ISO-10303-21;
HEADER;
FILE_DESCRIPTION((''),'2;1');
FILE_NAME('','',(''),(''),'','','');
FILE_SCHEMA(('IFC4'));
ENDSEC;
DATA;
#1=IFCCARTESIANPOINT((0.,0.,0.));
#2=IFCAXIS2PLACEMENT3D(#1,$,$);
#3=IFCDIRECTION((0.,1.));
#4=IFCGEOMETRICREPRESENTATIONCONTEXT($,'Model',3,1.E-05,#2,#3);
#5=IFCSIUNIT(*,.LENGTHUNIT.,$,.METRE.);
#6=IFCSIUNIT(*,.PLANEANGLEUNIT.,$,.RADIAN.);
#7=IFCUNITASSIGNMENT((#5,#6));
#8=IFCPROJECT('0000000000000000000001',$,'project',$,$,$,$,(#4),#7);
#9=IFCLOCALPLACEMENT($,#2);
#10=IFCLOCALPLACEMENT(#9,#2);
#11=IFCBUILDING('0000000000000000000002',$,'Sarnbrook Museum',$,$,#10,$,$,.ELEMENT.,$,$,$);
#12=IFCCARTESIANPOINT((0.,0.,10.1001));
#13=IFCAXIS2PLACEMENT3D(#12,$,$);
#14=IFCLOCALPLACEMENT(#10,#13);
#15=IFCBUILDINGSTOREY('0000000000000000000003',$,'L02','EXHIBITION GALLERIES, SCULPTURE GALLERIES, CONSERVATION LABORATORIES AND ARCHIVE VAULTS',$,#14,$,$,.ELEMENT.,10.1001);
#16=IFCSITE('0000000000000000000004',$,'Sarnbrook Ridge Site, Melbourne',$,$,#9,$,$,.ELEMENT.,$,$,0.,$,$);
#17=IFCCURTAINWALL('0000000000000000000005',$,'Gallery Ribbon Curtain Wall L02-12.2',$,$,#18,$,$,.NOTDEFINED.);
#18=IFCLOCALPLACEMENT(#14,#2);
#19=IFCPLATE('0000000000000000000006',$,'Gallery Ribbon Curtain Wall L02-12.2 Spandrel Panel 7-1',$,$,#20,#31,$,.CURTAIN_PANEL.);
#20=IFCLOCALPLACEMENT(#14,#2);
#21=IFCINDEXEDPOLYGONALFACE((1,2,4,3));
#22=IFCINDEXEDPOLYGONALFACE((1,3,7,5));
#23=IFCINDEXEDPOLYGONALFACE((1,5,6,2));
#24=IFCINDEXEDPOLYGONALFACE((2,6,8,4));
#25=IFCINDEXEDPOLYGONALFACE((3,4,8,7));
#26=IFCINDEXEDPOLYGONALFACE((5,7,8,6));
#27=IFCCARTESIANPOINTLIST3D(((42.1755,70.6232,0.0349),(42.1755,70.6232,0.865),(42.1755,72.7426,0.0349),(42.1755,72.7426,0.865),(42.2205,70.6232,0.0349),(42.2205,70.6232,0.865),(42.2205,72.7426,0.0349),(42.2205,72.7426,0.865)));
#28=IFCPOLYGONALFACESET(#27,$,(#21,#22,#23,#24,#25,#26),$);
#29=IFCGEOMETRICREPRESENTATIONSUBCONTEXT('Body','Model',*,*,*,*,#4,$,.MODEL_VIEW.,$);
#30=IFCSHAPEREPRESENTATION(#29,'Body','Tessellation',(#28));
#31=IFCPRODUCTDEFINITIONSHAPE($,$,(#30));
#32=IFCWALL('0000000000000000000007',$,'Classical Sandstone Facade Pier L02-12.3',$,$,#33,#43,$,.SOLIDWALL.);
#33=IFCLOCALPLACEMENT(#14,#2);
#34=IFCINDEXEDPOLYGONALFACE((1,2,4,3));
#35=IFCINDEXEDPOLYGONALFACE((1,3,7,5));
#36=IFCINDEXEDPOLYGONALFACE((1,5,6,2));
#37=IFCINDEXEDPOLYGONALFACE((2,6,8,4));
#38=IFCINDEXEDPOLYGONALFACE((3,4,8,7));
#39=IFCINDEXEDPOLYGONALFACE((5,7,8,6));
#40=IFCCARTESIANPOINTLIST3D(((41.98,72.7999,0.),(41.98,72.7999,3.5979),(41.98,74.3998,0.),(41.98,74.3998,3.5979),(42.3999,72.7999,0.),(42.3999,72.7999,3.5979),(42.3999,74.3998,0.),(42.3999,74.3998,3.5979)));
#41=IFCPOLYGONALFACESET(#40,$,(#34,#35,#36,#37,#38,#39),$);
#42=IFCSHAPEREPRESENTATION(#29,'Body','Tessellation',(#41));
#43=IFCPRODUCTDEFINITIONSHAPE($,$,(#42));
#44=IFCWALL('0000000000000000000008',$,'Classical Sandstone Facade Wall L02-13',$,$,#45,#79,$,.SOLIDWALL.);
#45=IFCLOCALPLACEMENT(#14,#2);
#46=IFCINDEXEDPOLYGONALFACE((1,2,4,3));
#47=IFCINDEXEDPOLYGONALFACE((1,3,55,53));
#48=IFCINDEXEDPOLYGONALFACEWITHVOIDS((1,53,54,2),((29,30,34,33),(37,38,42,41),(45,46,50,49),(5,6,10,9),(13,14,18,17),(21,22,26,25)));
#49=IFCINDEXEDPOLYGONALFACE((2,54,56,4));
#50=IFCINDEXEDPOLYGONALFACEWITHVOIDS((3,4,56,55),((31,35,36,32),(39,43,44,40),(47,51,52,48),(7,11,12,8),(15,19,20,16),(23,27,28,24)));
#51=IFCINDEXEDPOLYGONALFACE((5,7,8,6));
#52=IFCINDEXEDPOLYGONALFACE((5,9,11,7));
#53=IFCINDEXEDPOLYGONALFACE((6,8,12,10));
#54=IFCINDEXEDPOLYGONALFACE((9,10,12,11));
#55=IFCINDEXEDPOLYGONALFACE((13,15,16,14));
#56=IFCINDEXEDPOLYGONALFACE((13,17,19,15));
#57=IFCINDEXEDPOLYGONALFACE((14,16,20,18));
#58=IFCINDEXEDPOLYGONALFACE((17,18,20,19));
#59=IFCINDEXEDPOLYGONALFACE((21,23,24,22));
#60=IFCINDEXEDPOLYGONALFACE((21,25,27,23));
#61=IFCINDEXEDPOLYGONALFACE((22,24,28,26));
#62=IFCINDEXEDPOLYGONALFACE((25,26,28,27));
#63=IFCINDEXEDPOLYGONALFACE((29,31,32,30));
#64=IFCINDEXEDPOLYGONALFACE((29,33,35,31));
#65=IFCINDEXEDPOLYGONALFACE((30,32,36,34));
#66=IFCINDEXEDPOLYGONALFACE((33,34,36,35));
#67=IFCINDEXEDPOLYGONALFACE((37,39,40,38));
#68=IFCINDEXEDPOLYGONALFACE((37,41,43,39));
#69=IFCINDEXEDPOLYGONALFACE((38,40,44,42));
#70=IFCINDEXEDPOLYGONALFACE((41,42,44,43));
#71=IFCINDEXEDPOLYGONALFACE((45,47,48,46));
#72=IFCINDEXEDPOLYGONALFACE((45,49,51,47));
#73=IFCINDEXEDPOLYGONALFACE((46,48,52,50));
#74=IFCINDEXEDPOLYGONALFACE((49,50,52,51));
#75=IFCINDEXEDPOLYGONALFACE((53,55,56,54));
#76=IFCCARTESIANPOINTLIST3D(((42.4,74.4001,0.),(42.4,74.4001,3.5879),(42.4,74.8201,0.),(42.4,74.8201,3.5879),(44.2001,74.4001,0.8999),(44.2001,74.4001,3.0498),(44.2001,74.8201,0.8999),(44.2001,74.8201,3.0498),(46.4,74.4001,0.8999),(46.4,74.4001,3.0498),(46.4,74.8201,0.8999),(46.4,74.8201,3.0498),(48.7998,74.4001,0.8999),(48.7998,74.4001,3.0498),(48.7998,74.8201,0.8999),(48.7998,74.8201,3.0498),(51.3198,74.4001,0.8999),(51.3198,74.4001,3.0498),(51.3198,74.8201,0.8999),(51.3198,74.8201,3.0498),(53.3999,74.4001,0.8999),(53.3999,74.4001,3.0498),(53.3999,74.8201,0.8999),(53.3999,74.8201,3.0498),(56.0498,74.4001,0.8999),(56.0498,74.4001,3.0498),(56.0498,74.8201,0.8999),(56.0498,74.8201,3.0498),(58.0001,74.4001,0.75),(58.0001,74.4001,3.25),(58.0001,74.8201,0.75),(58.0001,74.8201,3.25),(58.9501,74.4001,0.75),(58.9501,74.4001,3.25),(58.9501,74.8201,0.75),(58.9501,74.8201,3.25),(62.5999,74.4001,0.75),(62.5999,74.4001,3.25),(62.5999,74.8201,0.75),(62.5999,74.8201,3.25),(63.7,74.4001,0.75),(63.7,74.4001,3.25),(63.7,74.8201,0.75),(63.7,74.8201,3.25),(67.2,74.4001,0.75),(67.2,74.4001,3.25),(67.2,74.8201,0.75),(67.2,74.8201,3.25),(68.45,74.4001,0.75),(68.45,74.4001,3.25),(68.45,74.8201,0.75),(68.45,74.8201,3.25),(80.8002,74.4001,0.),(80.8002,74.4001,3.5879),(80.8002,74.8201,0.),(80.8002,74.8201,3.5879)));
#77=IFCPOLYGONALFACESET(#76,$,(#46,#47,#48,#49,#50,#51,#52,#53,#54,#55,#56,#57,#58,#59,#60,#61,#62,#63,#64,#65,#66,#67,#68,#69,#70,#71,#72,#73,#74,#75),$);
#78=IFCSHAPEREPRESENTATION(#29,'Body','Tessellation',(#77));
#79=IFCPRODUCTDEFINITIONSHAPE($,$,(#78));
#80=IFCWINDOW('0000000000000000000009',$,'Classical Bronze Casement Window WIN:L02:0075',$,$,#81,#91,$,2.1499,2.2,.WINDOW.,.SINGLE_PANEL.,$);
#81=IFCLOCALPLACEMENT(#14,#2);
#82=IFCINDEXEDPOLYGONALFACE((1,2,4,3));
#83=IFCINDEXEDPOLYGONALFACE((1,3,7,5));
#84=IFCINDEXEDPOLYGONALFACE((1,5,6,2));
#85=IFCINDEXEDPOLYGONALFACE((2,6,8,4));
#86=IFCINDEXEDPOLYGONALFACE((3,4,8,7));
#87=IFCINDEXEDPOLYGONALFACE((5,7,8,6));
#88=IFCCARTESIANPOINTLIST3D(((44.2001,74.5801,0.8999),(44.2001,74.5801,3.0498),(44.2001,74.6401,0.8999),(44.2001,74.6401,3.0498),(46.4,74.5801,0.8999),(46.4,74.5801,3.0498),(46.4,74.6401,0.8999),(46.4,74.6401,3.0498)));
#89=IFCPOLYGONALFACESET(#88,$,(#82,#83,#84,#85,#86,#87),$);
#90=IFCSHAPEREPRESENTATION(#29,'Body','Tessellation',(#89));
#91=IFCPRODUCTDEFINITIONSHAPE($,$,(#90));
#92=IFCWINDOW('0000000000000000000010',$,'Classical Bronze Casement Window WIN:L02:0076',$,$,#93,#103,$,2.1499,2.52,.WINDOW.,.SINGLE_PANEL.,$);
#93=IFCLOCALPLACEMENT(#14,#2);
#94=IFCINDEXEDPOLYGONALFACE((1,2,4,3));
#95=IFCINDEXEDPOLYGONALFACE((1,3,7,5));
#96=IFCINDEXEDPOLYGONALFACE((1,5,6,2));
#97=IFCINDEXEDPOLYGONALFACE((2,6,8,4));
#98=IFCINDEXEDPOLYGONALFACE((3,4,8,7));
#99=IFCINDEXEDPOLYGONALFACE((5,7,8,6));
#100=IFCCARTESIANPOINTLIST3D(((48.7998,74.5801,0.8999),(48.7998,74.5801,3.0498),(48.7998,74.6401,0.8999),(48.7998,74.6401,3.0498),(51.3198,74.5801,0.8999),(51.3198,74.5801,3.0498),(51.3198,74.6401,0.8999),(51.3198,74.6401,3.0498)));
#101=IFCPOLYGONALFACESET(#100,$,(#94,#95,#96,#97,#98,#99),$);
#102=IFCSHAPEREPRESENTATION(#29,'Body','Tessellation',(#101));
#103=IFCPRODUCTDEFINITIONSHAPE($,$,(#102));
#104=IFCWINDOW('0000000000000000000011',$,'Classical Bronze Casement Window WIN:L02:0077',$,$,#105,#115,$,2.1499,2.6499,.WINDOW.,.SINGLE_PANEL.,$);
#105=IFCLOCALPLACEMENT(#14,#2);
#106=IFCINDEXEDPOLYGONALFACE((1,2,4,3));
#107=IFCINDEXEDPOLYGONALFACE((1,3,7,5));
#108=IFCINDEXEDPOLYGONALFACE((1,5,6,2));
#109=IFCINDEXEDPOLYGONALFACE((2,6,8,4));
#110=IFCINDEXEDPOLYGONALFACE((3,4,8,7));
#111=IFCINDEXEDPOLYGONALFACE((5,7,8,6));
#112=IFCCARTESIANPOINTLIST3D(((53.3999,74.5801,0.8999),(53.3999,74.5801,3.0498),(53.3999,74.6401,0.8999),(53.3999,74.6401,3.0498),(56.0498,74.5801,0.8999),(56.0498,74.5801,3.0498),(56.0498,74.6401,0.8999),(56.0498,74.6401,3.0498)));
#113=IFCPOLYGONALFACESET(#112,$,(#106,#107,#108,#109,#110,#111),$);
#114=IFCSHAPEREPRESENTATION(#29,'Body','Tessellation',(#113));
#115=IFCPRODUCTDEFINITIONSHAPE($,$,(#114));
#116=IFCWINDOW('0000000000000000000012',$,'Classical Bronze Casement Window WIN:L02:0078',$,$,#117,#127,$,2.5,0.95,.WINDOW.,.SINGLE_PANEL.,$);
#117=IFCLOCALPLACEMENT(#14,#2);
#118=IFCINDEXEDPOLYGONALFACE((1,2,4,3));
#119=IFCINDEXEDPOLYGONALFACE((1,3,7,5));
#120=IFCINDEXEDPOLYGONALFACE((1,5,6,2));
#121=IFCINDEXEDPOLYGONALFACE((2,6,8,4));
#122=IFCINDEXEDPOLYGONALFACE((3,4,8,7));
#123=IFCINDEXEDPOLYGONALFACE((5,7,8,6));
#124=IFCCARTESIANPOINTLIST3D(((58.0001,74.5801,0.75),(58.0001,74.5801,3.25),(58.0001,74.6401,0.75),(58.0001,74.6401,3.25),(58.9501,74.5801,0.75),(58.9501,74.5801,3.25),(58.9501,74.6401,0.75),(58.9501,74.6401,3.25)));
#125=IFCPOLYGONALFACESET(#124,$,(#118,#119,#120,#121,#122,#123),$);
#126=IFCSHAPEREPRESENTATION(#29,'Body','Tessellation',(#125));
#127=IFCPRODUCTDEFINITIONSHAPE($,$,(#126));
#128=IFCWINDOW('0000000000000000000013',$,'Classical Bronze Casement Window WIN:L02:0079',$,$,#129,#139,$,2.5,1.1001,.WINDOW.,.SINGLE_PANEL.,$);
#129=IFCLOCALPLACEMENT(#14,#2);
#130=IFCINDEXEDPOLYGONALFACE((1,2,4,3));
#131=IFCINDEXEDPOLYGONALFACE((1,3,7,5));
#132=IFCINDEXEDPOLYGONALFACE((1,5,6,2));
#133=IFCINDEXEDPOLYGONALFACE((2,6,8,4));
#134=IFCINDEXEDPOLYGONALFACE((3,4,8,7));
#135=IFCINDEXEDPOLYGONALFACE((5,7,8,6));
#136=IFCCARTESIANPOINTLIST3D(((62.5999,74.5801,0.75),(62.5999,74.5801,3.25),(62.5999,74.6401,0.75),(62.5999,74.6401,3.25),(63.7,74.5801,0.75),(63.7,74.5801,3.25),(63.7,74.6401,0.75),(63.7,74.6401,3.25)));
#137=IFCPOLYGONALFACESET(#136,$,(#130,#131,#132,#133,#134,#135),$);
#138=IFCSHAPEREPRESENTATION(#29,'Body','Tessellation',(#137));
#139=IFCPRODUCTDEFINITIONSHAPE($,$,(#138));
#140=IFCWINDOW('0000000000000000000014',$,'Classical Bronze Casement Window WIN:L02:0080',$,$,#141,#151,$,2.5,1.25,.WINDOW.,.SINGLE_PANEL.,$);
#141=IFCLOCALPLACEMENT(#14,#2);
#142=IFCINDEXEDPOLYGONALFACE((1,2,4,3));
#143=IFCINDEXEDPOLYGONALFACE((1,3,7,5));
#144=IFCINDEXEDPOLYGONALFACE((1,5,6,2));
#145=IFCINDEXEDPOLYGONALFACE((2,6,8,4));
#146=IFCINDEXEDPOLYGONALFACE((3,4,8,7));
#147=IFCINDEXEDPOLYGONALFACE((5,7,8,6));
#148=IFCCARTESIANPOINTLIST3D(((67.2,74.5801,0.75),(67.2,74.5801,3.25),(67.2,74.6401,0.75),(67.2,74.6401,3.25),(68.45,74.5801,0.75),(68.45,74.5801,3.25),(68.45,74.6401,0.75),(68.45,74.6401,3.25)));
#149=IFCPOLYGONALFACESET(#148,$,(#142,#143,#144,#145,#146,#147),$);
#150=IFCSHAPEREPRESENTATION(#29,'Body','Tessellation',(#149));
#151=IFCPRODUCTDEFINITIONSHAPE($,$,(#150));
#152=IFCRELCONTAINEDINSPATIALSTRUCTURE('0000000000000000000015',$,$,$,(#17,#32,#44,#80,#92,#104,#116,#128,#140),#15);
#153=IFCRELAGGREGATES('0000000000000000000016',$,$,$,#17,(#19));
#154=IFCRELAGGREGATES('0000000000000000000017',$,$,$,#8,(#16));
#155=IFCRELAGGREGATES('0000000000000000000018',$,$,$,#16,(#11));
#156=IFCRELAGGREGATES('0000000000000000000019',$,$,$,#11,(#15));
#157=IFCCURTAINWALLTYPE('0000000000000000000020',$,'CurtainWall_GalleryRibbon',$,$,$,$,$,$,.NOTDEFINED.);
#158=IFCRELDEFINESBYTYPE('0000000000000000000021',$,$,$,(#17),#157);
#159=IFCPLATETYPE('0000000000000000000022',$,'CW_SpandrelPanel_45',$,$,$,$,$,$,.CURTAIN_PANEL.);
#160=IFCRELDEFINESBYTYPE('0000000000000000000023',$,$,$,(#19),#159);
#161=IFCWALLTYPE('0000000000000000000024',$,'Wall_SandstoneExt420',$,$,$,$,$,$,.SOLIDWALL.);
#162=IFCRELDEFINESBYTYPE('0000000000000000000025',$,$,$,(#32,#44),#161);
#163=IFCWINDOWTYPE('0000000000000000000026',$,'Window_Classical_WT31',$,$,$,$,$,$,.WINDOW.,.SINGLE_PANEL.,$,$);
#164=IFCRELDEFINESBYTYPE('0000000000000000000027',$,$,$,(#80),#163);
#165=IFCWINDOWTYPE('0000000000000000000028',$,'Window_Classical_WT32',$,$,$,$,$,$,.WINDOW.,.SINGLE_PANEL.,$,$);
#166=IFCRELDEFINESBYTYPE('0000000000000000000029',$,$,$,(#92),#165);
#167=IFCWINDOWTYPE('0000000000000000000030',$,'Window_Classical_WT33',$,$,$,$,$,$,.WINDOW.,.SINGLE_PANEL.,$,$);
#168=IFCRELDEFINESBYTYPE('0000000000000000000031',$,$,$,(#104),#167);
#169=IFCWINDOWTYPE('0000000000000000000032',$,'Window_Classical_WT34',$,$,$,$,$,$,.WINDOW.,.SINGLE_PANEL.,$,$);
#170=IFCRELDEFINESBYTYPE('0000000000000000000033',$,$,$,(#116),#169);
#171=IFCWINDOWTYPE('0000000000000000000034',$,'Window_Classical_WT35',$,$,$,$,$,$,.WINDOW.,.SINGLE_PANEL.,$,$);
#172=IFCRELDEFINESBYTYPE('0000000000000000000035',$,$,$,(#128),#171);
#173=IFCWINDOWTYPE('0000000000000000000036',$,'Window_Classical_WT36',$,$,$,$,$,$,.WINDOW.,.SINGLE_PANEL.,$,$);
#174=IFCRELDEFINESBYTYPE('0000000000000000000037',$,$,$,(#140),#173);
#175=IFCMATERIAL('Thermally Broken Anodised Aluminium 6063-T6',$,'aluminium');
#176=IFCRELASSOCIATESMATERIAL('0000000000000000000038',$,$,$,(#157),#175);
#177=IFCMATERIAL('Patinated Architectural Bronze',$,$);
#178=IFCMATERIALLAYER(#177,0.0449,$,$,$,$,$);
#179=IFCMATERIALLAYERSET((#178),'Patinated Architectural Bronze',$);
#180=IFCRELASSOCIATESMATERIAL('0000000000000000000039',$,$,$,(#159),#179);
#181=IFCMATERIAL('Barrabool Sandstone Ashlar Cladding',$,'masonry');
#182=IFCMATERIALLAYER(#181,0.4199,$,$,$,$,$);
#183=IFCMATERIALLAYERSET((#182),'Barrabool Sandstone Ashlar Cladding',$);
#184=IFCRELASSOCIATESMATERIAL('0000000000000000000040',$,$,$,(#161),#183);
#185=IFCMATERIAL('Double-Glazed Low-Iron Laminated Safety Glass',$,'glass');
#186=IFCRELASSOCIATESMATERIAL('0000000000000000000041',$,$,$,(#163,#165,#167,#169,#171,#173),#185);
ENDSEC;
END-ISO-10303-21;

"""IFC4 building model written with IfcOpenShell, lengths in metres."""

from ifc_helpers import new_model, si_unit, direction, frame, frame_2d, origin, origin_2d, place, context, subcontext, project, spatial, rectangle, extrude, material, layer, layer_set, type_object, element, fill, aggregate, save


model = new_model("IFC4")

# Units and contexts
model_context = context("Model", 3, precision=1e-05, world=origin(), true_north=direction((0.0, 1.0)))
body_context = subcontext(model_context, "Body", "Model", "MODEL_VIEW")
ifc_project = project(units=[si_unit("LENGTHUNIT", "METRE"), si_unit("PLANEANGLEUNIT", "RADIAN")], contexts=[model_context])

# Site, building, storey
site_placement = place(None, origin())
site = spatial("IfcSite", under=ifc_project, at=site_placement, Name="Sarnbrook Ridge Site, Melbourne", CompositionType="ELEMENT", RefElevation=0.0)
building_placement = place(site_placement, origin())
building = spatial("IfcBuilding", under=site, at=building_placement, Name="Sarnbrook Museum", CompositionType="ELEMENT")
storey_placement = place(building_placement, frame((0.0, 0.0, 10.1001)))
storey = spatial("IfcBuildingStorey", under=building, at=storey_placement, Name="L02", Description="EXHIBITION GALLERIES, SCULPTURE GALLERIES, CONSERVATION LABORATORIES AND ARCHIVE VAULTS", CompositionType="ELEMENT", Elevation=10.1001)

# Curtain wall, plate
ifc_material_1 = material(Name="Thermally Broken Anodised Aluminium 6063-T6", Category="aluminium")
curtain_wall_type = type_object("IfcCurtainWallType", Name="CurtainWall_GalleryRibbon", PredefinedType="NOTDEFINED", material=ifc_material_1)
curtain_wall_placement = place(storey_placement, origin())
curtain_wall = element("IfcCurtainWall", 1, at=curtain_wall_placement, inside=storey, type_object=curtain_wall_type, Name="Gallery Ribbon Curtain Wall L02-12.2", PredefinedType="NOTDEFINED")
ifc_material_2 = material(Name="Double-Glazed Low-Iron Laminated Safety Glass", Category="glass")
ifc_material_3 = material(Name="Patinated Architectural Bronze")
ifc_layer_1 = layer(ifc_material_3, 0.0449)
ifc_layer_set_1 = layer_set([ifc_layer_1], Name="Patinated Architectural Bronze")
plate_type_1 = type_object("IfcPlateType", Name="CW_SpandrelPanel_45", PredefinedType="CURTAIN_PANEL", material=ifc_layer_set_1)
plate_1_placement = place(storey_placement, frame((42.1755, 71.6829, 0.45), z_axis=(1.0, 0.0, 0.0), x_axis=(0.0, 1.0, 0.0)))
plate_1 = element("IfcPlate", 2, at=plate_1_placement, type_object=plate_type_1, Name="Gallery Ribbon Curtain Wall L02-12.2 Spandrel Panel 7-1", PredefinedType="CURTAIN_PANEL", context=body_context, shape_type="SweptSolid", body=[
    extrude(rectangle(XDim=2.1194, YDim=0.8301, at=origin_2d()), origin(), (0.0, 0.0, 1.0), 0.0449),
])
aggregate(curtain_wall, [plate_1])

# Wall
ifc_material_4 = material(Name="Barrabool Sandstone Ashlar Cladding", Category="masonry")
ifc_layer_2 = layer(ifc_material_4, 0.4199)
ifc_layer_set_2 = layer_set([ifc_layer_2], Name="Barrabool Sandstone Ashlar Cladding")
wall_type = type_object("IfcWallType", Name="Wall_SandstoneExt420", PredefinedType="SOLIDWALL", material=ifc_layer_set_2)
wall_1_placement = place(storey_placement, frame((42.1899, 72.8, 0.0), z_axis=(0.0, 0.0, 1.0), x_axis=(0.0, 1.0, 0.0)))
element("IfcWall", 3, at=wall_1_placement, inside=storey, type_object=wall_type, Name="Classical Sandstone Facade Pier L02-12.3", PredefinedType="SOLIDWALL", context=body_context, shape_type="SweptSolid", body=[
    extrude(rectangle(XDim=1.5999, YDim=0.4199, at=frame_2d((0.7998, 0.0))), origin(), (0.0, 0.0, 1.0), 3.5979),
])

# Wall, openings, windows
wall_2_placement = place(storey_placement, frame((42.3999, 74.6101, 0.0), z_axis=(0.0, 0.0, 1.0), x_axis=(1.0, 0.0, 0.0)))
wall_2 = element("IfcWall", 4, at=wall_2_placement, inside=storey, type_object=wall_type, Name="Classical Sandstone Facade Wall L02-13", PredefinedType="SOLIDWALL", context=body_context, shape_type="SweptSolid", body=[
    extrude(rectangle(XDim=38.4001, YDim=0.4199, at=frame_2d((19.2002, 0.0))), origin(), (0.0, 0.0, 1.0), 3.5879),
])
opening_1_placement = place(wall_2_placement, frame((1.8, 0.0, 0.8999)))
opening_1 = element("IfcOpeningElement", 5, at=opening_1_placement, cuts=wall_2, PredefinedType="OPENING", context=body_context, shape_type="SweptSolid", body=[
    extrude(rectangle(XDim=2.2, YDim=2.1499, at=frame_2d((1.1001, 1.075))), frame((0.0, 0.22, 0.0), z_axis=(0.0, -1.0, 0.0), x_axis=(1.0, 0.0, 0.0)), (0.0, 0.0, 1.0), 0.4399),
])
opening_2_placement = place(wall_2_placement, frame((6.3999, 0.0, 0.8999)))
opening_2 = element("IfcOpeningElement", 6, at=opening_2_placement, cuts=wall_2, PredefinedType="OPENING", context=body_context, shape_type="SweptSolid", body=[
    extrude(rectangle(XDim=2.52, YDim=2.1499, at=frame_2d((1.26, 1.075))), frame((0.0, 0.22, 0.0), z_axis=(0.0, -1.0, 0.0), x_axis=(1.0, 0.0, 0.0)), (0.0, 0.0, 1.0), 0.4399),
])
opening_3_placement = place(wall_2_placement, frame((11.0, 0.0, 0.8999)))
opening_3 = element("IfcOpeningElement", 7, at=opening_3_placement, cuts=wall_2, PredefinedType="OPENING", context=body_context, shape_type="SweptSolid", body=[
    extrude(rectangle(XDim=2.6499, YDim=2.1499, at=frame_2d((1.325, 1.075))), frame((0.0, 0.22, 0.0), z_axis=(0.0, -1.0, 0.0), x_axis=(1.0, 0.0, 0.0)), (0.0, 0.0, 1.0), 0.4399),
])
opening_4_placement = place(wall_2_placement, frame((15.6001, 0.0, 0.75)))
opening_4 = element("IfcOpeningElement", 8, at=opening_4_placement, cuts=wall_2, PredefinedType="OPENING", context=body_context, shape_type="SweptSolid", body=[
    extrude(rectangle(XDim=0.95, YDim=2.5, at=frame_2d((0.4751, 1.25))), frame((0.0, 0.22, 0.0), z_axis=(0.0, -1.0, 0.0), x_axis=(1.0, 0.0, 0.0)), (0.0, 0.0, 1.0), 0.4399),
])
opening_5_placement = place(wall_2_placement, frame((20.2, 0.0, 0.75)))
opening_5 = element("IfcOpeningElement", 9, at=opening_5_placement, cuts=wall_2, PredefinedType="OPENING", context=body_context, shape_type="SweptSolid", body=[
    extrude(rectangle(XDim=1.1001, YDim=2.5, at=frame_2d((0.55, 1.25))), frame((0.0, 0.22, 0.0), z_axis=(0.0, -1.0, 0.0), x_axis=(1.0, 0.0, 0.0)), (0.0, 0.0, 1.0), 0.4399),
])
opening_6_placement = place(wall_2_placement, frame((24.8, 0.0, 0.75)))
opening_6 = element("IfcOpeningElement", 10, at=opening_6_placement, cuts=wall_2, PredefinedType="OPENING", context=body_context, shape_type="SweptSolid", body=[
    extrude(rectangle(XDim=1.25, YDim=2.5, at=frame_2d((0.625, 1.25))), frame((0.0, 0.22, 0.0), z_axis=(0.0, -1.0, 0.0), x_axis=(1.0, 0.0, 0.0)), (0.0, 0.0, 1.0), 0.4399),
])
window_type_1 = type_object("IfcWindowType", Name="Window_Classical_WT31", PartitioningType="SINGLE_PANEL", PredefinedType="WINDOW", material=ifc_material_2)
window_1_placement = place(opening_1_placement, origin())
window_1 = element("IfcWindow", 11, at=window_1_placement, inside=storey, type_object=window_type_1, Name="Classical Bronze Casement Window WIN:L02:0075", OverallHeight=2.1499, OverallWidth=2.2, PartitioningType="SINGLE_PANEL", PredefinedType="WINDOW", context=body_context, shape_type="SweptSolid", body=[
    extrude(rectangle(XDim=2.2, YDim=2.1499, at=frame_2d((1.1001, 1.075))), frame((0.0, 0.03, 0.0), z_axis=(0.0, -1.0, 0.0), x_axis=(1.0, 0.0, 0.0)), (0.0, 0.0, 1.0), 0.0601),
])
fill(opening_1, window_1)
window_type_2 = type_object("IfcWindowType", Name="Window_Classical_WT32", PartitioningType="SINGLE_PANEL", PredefinedType="WINDOW", material=ifc_material_2)
window_2_placement = place(opening_2_placement, origin())
window_2 = element("IfcWindow", 12, at=window_2_placement, inside=storey, type_object=window_type_2, Name="Classical Bronze Casement Window WIN:L02:0076", OverallHeight=2.1499, OverallWidth=2.52, PartitioningType="SINGLE_PANEL", PredefinedType="WINDOW", context=body_context, shape_type="SweptSolid", body=[
    extrude(rectangle(XDim=2.52, YDim=2.1499, at=frame_2d((1.26, 1.075))), frame((0.0, 0.03, 0.0), z_axis=(0.0, -1.0, 0.0), x_axis=(1.0, 0.0, 0.0)), (0.0, 0.0, 1.0), 0.0601),
])
fill(opening_2, window_2)
window_type_3 = type_object("IfcWindowType", Name="Window_Classical_WT33", PartitioningType="SINGLE_PANEL", PredefinedType="WINDOW", material=ifc_material_2)
window_3_placement = place(opening_3_placement, origin())
window_3 = element("IfcWindow", 13, at=window_3_placement, inside=storey, type_object=window_type_3, Name="Classical Bronze Casement Window WIN:L02:0077", OverallHeight=2.1499, OverallWidth=2.6499, PartitioningType="SINGLE_PANEL", PredefinedType="WINDOW", context=body_context, shape_type="SweptSolid", body=[
    extrude(rectangle(XDim=2.6499, YDim=2.1499, at=frame_2d((1.325, 1.075))), frame((0.0, 0.03, 0.0), z_axis=(0.0, -1.0, 0.0), x_axis=(1.0, 0.0, 0.0)), (0.0, 0.0, 1.0), 0.0601),
])
fill(opening_3, window_3)
window_type_4 = type_object("IfcWindowType", Name="Window_Classical_WT34", PartitioningType="SINGLE_PANEL", PredefinedType="WINDOW", material=ifc_material_2)
window_4_placement = place(opening_4_placement, origin())
window_4 = element("IfcWindow", 14, at=window_4_placement, inside=storey, type_object=window_type_4, Name="Classical Bronze Casement Window WIN:L02:0078", OverallHeight=2.5, OverallWidth=0.95, PartitioningType="SINGLE_PANEL", PredefinedType="WINDOW", context=body_context, shape_type="SweptSolid", body=[
    extrude(rectangle(XDim=0.95, YDim=2.5, at=frame_2d((0.4751, 1.25))), frame((0.0, 0.03, 0.0), z_axis=(0.0, -1.0, 0.0), x_axis=(1.0, 0.0, 0.0)), (0.0, 0.0, 1.0), 0.0601),
])
fill(opening_4, window_4)
window_type_5 = type_object("IfcWindowType", Name="Window_Classical_WT35", PartitioningType="SINGLE_PANEL", PredefinedType="WINDOW", material=ifc_material_2)
window_5_placement = place(opening_5_placement, origin())
window_5 = element("IfcWindow", 15, at=window_5_placement, inside=storey, type_object=window_type_5, Name="Classical Bronze Casement Window WIN:L02:0079", OverallHeight=2.5, OverallWidth=1.1001, PartitioningType="SINGLE_PANEL", PredefinedType="WINDOW", context=body_context, shape_type="SweptSolid", body=[
    extrude(rectangle(XDim=1.1001, YDim=2.5, at=frame_2d((0.55, 1.25))), frame((0.0, 0.03, 0.0), z_axis=(0.0, -1.0, 0.0), x_axis=(1.0, 0.0, 0.0)), (0.0, 0.0, 1.0), 0.0601),
])
fill(opening_5, window_5)
window_type_6 = type_object("IfcWindowType", Name="Window_Classical_WT36", PartitioningType="SINGLE_PANEL", PredefinedType="WINDOW", material=ifc_material_2)
window_6_placement = place(opening_6_placement, origin())
window_6 = element("IfcWindow", 16, at=window_6_placement, inside=storey, type_object=window_type_6, Name="Classical Bronze Casement Window WIN:L02:0080", OverallHeight=2.5, OverallWidth=1.25, PartitioningType="SINGLE_PANEL", PredefinedType="WINDOW", context=body_context, shape_type="SweptSolid", body=[
    extrude(rectangle(XDim=1.25, YDim=2.5, at=frame_2d((0.625, 1.25))), frame((0.0, 0.03, 0.0), z_axis=(0.0, -1.0, 0.0), x_axis=(1.0, 0.0, 0.0)), (0.0, 0.0, 1.0), 0.0601),
])
fill(opening_6, window_6)

save(model, "model.ifc")
